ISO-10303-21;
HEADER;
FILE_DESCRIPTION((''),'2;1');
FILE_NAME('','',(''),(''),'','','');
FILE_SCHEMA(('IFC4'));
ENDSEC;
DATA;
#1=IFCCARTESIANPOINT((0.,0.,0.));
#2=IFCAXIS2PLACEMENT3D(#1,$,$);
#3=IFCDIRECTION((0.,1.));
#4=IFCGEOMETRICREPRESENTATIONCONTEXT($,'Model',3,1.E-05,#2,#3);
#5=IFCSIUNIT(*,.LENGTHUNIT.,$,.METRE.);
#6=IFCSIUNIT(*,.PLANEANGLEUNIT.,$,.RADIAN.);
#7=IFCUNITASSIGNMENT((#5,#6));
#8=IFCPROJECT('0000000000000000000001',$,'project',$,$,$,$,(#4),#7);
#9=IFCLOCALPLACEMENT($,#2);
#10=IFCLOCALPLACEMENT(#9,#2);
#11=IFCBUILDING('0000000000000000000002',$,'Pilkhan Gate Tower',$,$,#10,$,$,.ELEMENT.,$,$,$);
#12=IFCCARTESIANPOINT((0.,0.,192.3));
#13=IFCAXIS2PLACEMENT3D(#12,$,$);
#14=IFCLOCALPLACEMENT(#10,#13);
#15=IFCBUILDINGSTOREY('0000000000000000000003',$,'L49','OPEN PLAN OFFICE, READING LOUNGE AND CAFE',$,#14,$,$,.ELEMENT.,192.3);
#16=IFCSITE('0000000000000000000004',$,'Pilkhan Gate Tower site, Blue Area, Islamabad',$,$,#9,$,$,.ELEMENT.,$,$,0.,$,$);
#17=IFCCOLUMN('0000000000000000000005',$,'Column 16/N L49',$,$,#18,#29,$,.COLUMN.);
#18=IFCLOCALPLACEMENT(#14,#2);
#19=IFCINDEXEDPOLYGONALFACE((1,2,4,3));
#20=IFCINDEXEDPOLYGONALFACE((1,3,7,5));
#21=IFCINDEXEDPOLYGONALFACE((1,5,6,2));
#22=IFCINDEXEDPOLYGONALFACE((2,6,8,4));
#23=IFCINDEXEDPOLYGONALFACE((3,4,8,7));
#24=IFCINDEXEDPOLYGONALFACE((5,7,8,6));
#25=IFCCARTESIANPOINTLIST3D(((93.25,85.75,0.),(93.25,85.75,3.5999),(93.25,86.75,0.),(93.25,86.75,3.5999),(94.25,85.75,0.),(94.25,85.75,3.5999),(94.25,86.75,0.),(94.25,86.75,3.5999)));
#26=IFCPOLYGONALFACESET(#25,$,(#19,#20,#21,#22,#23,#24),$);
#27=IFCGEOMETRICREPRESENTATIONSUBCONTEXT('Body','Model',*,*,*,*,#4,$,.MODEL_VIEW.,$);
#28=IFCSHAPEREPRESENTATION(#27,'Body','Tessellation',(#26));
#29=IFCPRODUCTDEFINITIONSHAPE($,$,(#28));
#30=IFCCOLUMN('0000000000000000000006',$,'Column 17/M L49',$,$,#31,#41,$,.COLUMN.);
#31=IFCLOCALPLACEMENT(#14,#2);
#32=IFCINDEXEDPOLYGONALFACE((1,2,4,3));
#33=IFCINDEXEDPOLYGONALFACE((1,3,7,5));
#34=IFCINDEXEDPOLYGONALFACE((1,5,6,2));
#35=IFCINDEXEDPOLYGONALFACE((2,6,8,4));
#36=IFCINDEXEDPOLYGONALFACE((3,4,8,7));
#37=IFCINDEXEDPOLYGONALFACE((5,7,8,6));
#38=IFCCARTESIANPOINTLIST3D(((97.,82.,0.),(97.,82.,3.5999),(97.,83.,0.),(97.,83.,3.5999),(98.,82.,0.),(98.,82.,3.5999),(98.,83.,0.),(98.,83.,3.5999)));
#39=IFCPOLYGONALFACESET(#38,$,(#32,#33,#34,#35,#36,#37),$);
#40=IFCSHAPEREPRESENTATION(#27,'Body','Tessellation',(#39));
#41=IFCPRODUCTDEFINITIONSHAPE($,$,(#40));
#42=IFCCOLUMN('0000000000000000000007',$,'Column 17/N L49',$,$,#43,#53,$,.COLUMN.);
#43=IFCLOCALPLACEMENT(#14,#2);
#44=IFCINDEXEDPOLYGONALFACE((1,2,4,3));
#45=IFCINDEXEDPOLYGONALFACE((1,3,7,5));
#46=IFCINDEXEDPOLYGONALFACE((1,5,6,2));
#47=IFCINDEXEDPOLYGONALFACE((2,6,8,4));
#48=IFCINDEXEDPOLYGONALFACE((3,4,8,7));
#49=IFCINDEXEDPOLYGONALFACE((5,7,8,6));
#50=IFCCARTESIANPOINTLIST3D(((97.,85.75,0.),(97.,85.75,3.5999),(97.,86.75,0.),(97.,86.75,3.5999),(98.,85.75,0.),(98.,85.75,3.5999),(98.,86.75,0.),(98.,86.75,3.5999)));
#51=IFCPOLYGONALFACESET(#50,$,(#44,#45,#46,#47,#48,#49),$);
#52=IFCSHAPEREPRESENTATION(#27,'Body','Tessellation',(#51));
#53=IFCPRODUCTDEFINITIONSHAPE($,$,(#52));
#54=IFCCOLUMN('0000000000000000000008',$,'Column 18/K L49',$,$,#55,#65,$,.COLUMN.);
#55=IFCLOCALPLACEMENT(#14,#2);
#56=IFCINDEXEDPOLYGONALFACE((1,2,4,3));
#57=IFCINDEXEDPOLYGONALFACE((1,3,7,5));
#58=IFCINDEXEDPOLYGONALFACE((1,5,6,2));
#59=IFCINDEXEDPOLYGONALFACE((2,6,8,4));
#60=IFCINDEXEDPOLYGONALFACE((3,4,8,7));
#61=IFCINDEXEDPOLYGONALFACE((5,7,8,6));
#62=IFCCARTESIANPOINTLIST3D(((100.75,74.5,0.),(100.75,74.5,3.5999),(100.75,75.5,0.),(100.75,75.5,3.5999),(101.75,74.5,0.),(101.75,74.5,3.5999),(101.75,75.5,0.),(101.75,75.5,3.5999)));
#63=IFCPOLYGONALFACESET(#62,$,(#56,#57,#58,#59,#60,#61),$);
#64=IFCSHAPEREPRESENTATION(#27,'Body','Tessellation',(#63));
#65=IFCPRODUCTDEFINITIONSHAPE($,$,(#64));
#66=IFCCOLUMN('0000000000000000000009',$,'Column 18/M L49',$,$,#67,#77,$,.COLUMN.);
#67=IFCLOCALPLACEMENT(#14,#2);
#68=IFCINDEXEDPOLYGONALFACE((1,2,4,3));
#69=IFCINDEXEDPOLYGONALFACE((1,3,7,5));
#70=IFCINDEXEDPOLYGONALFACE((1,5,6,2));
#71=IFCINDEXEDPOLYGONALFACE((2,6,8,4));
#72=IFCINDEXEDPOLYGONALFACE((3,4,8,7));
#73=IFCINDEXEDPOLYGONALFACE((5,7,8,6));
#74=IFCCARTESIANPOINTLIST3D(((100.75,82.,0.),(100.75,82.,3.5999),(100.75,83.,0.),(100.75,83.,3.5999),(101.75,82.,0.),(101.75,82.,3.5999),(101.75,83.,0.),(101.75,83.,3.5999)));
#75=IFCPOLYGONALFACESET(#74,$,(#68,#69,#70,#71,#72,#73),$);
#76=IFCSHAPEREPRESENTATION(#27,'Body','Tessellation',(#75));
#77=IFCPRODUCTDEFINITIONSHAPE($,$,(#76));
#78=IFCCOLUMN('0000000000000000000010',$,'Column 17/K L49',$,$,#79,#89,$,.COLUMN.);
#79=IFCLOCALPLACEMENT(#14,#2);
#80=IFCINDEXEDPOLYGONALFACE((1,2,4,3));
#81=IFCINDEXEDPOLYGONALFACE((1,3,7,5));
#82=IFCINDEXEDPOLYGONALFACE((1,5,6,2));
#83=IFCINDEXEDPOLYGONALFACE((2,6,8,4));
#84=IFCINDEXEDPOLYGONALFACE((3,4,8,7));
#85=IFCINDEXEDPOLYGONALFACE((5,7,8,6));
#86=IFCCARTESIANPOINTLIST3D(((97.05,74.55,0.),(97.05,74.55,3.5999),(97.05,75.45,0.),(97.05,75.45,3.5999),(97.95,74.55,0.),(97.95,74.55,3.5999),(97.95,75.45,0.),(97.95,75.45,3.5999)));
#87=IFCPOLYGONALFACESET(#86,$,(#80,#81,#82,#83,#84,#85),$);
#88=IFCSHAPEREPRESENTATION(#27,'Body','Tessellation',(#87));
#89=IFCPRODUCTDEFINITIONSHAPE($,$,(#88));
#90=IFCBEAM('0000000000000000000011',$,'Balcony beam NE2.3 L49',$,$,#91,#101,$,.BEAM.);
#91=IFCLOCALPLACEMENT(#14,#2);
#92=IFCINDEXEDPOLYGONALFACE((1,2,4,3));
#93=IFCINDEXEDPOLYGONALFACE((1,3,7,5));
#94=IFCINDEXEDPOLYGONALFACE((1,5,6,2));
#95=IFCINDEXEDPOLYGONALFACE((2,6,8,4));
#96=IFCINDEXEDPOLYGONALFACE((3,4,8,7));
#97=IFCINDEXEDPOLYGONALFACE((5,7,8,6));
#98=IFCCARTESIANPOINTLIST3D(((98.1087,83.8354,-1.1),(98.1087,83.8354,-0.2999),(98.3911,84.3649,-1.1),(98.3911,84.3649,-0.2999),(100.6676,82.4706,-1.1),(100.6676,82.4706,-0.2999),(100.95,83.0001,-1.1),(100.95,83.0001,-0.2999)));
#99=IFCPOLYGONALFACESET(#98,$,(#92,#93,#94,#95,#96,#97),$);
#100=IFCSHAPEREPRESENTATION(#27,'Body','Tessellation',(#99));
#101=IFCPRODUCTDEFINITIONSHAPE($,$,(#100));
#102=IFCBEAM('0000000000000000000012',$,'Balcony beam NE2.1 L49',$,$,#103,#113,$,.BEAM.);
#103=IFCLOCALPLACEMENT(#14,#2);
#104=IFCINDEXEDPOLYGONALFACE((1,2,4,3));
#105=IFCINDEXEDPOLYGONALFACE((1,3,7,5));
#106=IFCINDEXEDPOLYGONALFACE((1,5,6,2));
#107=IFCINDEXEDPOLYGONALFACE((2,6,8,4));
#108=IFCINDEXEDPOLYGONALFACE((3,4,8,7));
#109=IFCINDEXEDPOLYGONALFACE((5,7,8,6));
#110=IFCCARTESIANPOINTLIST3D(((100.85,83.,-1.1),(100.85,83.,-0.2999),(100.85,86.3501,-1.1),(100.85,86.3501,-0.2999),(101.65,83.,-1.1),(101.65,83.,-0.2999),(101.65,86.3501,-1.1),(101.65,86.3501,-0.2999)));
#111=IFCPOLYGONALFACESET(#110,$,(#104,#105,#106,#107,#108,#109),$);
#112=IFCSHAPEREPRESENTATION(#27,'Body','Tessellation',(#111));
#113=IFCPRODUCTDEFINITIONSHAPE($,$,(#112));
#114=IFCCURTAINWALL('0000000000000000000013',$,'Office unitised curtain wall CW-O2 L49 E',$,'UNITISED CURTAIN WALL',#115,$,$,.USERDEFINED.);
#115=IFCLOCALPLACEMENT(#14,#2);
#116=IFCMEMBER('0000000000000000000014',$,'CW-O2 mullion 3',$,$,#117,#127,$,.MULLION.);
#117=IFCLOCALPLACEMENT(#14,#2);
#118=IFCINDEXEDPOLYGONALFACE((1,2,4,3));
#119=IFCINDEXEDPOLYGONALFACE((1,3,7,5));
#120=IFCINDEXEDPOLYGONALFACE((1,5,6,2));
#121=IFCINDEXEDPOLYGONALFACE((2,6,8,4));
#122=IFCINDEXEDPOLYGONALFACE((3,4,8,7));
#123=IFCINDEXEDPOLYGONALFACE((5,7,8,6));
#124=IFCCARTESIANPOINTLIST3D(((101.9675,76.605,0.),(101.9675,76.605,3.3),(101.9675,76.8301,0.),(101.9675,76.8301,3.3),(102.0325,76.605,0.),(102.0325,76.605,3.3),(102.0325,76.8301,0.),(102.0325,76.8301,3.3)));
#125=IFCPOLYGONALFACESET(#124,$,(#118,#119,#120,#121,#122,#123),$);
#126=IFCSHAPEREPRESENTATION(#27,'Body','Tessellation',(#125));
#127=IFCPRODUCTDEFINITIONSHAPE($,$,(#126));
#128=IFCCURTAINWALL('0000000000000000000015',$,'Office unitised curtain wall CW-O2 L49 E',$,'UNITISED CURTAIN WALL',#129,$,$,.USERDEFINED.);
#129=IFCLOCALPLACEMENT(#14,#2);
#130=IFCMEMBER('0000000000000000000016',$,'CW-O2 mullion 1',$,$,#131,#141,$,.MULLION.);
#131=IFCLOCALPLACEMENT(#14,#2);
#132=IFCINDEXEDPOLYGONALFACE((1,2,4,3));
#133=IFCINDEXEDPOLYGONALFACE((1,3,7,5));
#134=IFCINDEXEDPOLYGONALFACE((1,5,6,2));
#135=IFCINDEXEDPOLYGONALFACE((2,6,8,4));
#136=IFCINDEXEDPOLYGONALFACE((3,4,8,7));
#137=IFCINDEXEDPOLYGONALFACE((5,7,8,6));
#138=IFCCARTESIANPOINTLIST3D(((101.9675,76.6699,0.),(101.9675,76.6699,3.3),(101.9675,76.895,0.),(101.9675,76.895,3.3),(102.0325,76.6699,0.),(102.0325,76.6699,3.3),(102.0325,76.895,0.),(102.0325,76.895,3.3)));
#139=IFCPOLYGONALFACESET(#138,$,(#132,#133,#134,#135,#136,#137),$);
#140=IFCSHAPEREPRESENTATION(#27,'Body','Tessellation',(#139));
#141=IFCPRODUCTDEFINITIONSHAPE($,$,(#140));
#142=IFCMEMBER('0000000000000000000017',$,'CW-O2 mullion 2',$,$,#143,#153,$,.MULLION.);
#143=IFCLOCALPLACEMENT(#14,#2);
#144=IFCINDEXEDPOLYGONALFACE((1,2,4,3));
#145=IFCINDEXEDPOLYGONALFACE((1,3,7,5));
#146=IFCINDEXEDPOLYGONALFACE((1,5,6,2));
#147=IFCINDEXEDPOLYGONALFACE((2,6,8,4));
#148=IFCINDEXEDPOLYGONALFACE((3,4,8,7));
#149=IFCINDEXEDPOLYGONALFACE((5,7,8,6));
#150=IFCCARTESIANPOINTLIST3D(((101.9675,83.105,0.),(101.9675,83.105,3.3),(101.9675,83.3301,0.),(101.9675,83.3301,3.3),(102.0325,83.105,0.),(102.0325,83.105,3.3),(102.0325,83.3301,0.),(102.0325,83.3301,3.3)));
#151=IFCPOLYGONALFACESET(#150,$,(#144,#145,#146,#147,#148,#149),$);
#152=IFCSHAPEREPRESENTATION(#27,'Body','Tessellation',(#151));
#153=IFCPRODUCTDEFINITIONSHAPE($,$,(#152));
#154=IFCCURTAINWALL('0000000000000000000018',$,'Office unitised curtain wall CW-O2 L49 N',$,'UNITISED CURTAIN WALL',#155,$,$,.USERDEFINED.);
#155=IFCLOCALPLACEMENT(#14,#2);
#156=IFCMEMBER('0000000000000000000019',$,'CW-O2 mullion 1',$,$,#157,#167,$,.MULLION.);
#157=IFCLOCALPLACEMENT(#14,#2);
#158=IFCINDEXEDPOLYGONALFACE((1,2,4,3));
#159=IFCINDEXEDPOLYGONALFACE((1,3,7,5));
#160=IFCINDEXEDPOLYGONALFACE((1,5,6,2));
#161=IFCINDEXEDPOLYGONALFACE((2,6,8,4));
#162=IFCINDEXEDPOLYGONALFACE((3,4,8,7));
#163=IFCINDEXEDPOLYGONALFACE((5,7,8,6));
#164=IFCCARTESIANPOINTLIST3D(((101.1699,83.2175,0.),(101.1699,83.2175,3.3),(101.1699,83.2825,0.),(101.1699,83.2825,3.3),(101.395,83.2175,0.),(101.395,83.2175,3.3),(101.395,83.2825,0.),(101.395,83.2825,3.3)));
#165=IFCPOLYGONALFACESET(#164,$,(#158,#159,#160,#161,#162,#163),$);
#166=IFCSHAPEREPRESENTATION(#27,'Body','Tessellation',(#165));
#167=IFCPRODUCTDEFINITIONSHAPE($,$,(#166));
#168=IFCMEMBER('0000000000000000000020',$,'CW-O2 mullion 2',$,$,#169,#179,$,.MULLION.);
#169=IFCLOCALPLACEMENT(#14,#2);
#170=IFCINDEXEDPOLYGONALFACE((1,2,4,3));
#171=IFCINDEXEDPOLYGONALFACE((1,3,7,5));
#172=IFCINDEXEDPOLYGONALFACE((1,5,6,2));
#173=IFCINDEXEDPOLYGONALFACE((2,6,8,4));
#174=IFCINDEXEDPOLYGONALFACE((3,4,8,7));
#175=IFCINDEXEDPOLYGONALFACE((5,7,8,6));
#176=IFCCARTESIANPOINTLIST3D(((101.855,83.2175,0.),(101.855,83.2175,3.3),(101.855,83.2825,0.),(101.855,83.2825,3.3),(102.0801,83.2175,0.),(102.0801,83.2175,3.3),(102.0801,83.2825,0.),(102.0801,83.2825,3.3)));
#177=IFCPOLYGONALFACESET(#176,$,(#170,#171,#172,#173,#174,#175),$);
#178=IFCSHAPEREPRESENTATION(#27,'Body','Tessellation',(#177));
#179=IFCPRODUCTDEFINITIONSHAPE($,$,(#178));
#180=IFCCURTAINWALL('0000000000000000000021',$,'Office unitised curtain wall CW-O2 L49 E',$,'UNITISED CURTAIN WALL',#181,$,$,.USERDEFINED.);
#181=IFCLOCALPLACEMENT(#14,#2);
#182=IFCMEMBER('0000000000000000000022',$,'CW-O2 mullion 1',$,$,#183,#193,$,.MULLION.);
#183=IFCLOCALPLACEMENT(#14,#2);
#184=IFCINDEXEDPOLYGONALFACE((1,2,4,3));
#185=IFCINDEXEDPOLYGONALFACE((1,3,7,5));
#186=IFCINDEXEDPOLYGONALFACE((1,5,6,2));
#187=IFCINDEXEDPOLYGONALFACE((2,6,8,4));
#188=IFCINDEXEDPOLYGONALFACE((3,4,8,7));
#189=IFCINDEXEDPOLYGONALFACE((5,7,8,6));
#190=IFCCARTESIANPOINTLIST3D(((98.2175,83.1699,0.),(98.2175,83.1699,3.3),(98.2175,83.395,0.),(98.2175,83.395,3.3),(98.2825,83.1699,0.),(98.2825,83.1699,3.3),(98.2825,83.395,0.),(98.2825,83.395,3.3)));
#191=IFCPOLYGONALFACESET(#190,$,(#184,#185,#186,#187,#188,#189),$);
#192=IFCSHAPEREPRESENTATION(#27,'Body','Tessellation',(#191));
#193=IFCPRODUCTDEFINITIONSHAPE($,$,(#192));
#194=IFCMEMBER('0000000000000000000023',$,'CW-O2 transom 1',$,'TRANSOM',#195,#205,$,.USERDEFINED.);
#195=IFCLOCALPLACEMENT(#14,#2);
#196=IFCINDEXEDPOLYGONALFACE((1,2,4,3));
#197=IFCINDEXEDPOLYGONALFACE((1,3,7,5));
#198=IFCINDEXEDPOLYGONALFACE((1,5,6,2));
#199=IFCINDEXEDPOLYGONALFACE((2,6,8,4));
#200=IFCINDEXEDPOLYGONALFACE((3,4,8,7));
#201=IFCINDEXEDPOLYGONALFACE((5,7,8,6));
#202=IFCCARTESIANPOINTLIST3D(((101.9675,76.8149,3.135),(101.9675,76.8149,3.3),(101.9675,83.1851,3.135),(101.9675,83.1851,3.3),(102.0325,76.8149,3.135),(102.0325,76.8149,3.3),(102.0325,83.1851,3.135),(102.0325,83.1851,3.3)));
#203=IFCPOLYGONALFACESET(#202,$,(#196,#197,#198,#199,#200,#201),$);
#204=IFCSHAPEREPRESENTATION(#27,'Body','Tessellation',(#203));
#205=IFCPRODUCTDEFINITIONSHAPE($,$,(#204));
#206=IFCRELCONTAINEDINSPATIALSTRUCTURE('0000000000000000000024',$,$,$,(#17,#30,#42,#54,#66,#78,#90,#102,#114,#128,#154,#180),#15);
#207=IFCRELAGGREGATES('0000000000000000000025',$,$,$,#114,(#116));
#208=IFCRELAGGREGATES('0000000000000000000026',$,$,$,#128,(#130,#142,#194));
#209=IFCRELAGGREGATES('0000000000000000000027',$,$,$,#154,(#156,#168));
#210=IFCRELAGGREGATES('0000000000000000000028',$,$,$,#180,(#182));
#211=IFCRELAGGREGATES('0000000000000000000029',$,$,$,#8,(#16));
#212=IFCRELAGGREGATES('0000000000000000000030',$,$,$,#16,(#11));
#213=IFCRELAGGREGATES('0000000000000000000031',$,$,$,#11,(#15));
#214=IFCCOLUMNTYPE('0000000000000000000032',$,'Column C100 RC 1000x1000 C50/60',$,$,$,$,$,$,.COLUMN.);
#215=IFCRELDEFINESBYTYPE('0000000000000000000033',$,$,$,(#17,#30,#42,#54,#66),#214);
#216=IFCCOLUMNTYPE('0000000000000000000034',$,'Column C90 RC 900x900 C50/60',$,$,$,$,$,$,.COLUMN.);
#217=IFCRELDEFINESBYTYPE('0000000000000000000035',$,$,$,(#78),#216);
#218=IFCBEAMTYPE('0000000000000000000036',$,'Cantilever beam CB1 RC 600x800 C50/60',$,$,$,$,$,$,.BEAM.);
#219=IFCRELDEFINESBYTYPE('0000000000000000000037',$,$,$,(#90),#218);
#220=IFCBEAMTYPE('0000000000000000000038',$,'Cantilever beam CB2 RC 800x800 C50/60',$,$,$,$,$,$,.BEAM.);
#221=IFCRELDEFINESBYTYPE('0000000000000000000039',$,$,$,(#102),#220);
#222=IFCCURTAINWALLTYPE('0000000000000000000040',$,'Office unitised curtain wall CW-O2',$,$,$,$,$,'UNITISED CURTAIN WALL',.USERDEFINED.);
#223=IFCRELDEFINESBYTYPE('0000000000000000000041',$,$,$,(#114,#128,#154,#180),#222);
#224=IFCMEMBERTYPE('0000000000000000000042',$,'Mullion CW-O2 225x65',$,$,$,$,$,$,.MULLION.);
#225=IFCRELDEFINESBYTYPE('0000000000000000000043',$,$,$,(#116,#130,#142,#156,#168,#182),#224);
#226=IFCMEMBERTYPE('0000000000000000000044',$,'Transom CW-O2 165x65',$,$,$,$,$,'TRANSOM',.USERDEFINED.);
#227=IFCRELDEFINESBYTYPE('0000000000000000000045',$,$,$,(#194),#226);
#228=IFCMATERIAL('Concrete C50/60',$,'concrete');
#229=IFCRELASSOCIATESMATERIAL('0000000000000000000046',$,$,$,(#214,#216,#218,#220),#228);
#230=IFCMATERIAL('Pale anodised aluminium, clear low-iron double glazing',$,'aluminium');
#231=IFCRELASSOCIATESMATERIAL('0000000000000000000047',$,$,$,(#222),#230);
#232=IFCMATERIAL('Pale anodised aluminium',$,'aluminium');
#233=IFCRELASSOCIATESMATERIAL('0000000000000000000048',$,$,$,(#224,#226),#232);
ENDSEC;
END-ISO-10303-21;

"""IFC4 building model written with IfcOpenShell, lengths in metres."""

from ifc_helpers import new_model, si_unit, direction, frame, origin, origin_2d, place, context, subcontext, project, spatial, rectangle, extrude, material, material_profile, profile_set, type_object, element, aggregate, save


model = new_model("IFC4")

# Units and contexts
model_context = context("Model", 3, precision=1e-05, world=origin(), true_north=direction((0.0, 1.0)))
body_context = subcontext(model_context, "Body", "Model", "MODEL_VIEW")
ifc_project = project(units=[si_unit("LENGTHUNIT", "METRE"), si_unit("PLANEANGLEUNIT", "RADIAN")], contexts=[model_context])

# Site, building, storey
site_placement = place(None, origin())
site = spatial("IfcSite", under=ifc_project, at=site_placement, Name="Pilkhan Gate Tower site, Blue Area, Islamabad", CompositionType="ELEMENT", RefElevation=0.0)
building_placement = place(site_placement, origin())
building = spatial("IfcBuilding", under=site, at=building_placement, Name="Pilkhan Gate Tower", CompositionType="ELEMENT")
storey_placement = place(building_placement, frame((0.0, 0.0, 192.3)))
storey = spatial("IfcBuildingStorey", under=building, at=storey_placement, Name="L49", Description="OPEN PLAN OFFICE, READING LOUNGE AND CAFE", CompositionType="ELEMENT", Elevation=192.3)

# Columns
ifc_material_1 = material(Name="Concrete C50/60", Category="concrete")
ifc_material_profile_1 = material_profile(ifc_material_1, rectangle(XDim=1.0, YDim=1.0, at=origin_2d()), Name="RC 1000x1000")
ifc_profile_set_1 = profile_set([ifc_material_profile_1], Name="Concrete C50/60")
column_type_1 = type_object("IfcColumnType", Name="Column C100 RC 1000x1000 C50/60", PredefinedType="COLUMN", material=ifc_profile_set_1)
for number, where, z_axis, x_axis, name in (
    (1, (93.75, 86.25, 0.0), (0.0, 0.0, 1.0), (1.0, 0.0, 0.0), "Column 16/N L49"),
    (2, (97.5, 82.5, 0.0), (0.0, 0.0, 1.0), (1.0, 0.0, 0.0), "Column 17/M L49"),
    (3, (97.5, 86.25, 0.0), (0.0, 0.0, 1.0), (1.0, 0.0, 0.0), "Column 17/N L49"),
    (4, (101.25, 75.0, 0.0), (0.0, 0.0, 1.0), (1.0, 0.0, 0.0), "Column 18/K L49"),
    (5, (101.25, 82.5, 0.0), (0.0, 0.0, 1.0), (1.0, 0.0, 0.0), "Column 18/M L49"),
):
    element("IfcColumn", number, at=place(storey_placement, frame(where, z_axis=z_axis, x_axis=x_axis)), inside=storey, type_object=column_type_1, Name=name, PredefinedType="COLUMN", context=body_context, shape_type="SweptSolid", body=[
        extrude(rectangle(XDim=1.0, YDim=1.0, at=origin_2d()), origin(), (0.0, 0.0, 1.0), 3.5999),
    ])
ifc_material_profile_2 = material_profile(ifc_material_1, rectangle(XDim=0.8999, YDim=0.8999, at=origin_2d()), Name="RC 900x900")
ifc_profile_set_2 = profile_set([ifc_material_profile_2], Name="Concrete C50/60")
column_type_2 = type_object("IfcColumnType", Name="Column C90 RC 900x900 C50/60", PredefinedType="COLUMN", material=ifc_profile_set_2)
column_placement = place(storey_placement, frame((97.5, 75.0, 0.0), z_axis=(0.0, 0.0, 1.0), x_axis=(1.0, 0.0, 0.0)))
element("IfcColumn", 6, at=column_placement, inside=storey, type_object=column_type_2, Name="Column 17/K L49", PredefinedType="COLUMN", context=body_context, shape_type="SweptSolid", body=[
    extrude(rectangle(XDim=0.8999, YDim=0.8999, at=origin_2d()), origin(), (0.0, 0.0, 1.0), 3.5999),
])

# Beams
ifc_material_profile_3 = material_profile(ifc_material_1, rectangle(XDim=0.6001, YDim=0.8, at=origin_2d()), Name="RC 600x800")
ifc_profile_set_3 = profile_set([ifc_material_profile_3], Name="Concrete C50/60")
beam_type_1 = type_object("IfcBeamType", Name="Cantilever beam CB1 RC 600x800 C50/60", PredefinedType="BEAM", material=ifc_profile_set_3)
beam_1_placement = place(storey_placement, frame((100.8088, 82.7354, -0.7), z_axis=(-0.882348, 0.470597, 0.0), x_axis=(-0.470597, -0.882348, 0.0)))
element("IfcBeam", 7, at=beam_1_placement, inside=storey, type_object=beam_type_1, Name="Balcony beam NE2.3 L49", PredefinedType="BEAM", context=body_context, shape_type="SweptSolid", body=[
    extrude(rectangle(XDim=0.6001, YDim=0.8, at=origin_2d()), origin(), (0.0, 0.0, 1.0), 2.9001),
])
ifc_material_profile_4 = material_profile(ifc_material_1, rectangle(XDim=0.8, YDim=0.8, at=origin_2d()), Name="RC 800x800")
ifc_profile_set_4 = profile_set([ifc_material_profile_4], Name="Concrete C50/60")
beam_type_2 = type_object("IfcBeamType", Name="Cantilever beam CB2 RC 800x800 C50/60", PredefinedType="BEAM", material=ifc_profile_set_4)
beam_2_placement = place(storey_placement, frame((101.25, 83.0, -0.7), z_axis=(0.0, 1.0, 0.0), x_axis=(-1.0, 0.0, 0.0)))
element("IfcBeam", 8, at=beam_2_placement, inside=storey, type_object=beam_type_2, Name="Balcony beam NE2.1 L49", PredefinedType="BEAM", context=body_context, shape_type="SweptSolid", body=[
    extrude(rectangle(XDim=0.8, YDim=0.8, at=origin_2d()), origin(), (0.0, 0.0, 1.0), 3.3501),
])

# Curtain wall, member
ifc_material_2 = material(Name="Pale anodised aluminium, clear low-iron double glazing", Category="aluminium")
curtain_wall_type = type_object("IfcCurtainWallType", Name="Office unitised curtain wall CW-O2", ElementType="UNITISED CURTAIN WALL", PredefinedType="USERDEFINED", material=ifc_material_2)
curtain_wall_1_placement = place(storey_placement, origin())
curtain_wall_1 = element("IfcCurtainWall", 9, at=curtain_wall_1_placement, inside=storey, type_object=curtain_wall_type, Name="Office unitised curtain wall CW-O2 L49 E", ObjectType="UNITISED CURTAIN WALL", PredefinedType="USERDEFINED")
ifc_material_3 = material(Name="Pale anodised aluminium", Category="aluminium")
ifc_material_profile_5 = material_profile(ifc_material_3, rectangle(XDim=0.0649, YDim=0.2251, at=origin_2d()), Name="Mullion 225x65")
ifc_profile_set_5 = profile_set([ifc_material_profile_5], Name="Pale anodised aluminium")
member_type_1 = type_object("IfcMemberType", Name="Mullion CW-O2 225x65", PredefinedType="MULLION", material=ifc_profile_set_5)
member_1_placement = place(storey_placement, frame((102.0, 76.7175, 0.0), z_axis=(0.0, 0.0, 1.0), x_axis=(-1.0, 0.0, 0.0)))
member_1 = element("IfcMember", 10, at=member_1_placement, type_object=member_type_1, Name="CW-O2 mullion 3", PredefinedType="MULLION", context=body_context, shape_type="SweptSolid", body=[
    extrude(rectangle(XDim=0.0649, YDim=0.2251, at=origin_2d()), origin(), (0.0, 0.0, 1.0), 3.3),
])
aggregate(curtain_wall_1, [member_1])

# Curtain walls, members
curtain_wall_2_placement = place(storey_placement, origin())
curtain_wall_2 = element("IfcCurtainWall", 11, at=curtain_wall_2_placement, inside=storey, type_object=curtain_wall_type, Name="Office unitised curtain wall CW-O2 L49 E", ObjectType="UNITISED CURTAIN WALL", PredefinedType="USERDEFINED")
member_2_placement = place(storey_placement, frame((102.0, 76.7825, 0.0), z_axis=(0.0, 0.0, 1.0), x_axis=(-1.0, 0.0, 0.0)))
member_2 = element("IfcMember", 12, at=member_2_placement, type_object=member_type_1, Name="CW-O2 mullion 1", PredefinedType="MULLION", context=body_context, shape_type="SweptSolid", body=[
    extrude(rectangle(XDim=0.0649, YDim=0.2251, at=origin_2d()), origin(), (0.0, 0.0, 1.0), 3.3),
])
member_3_placement = place(storey_placement, frame((102.0, 83.2175, 0.0), z_axis=(0.0, 0.0, 1.0), x_axis=(-1.0, 0.0, 0.0)))
member_3 = element("IfcMember", 13, at=member_3_placement, type_object=member_type_1, Name="CW-O2 mullion 2", PredefinedType="MULLION", context=body_context, shape_type="SweptSolid", body=[
    extrude(rectangle(XDim=0.0649, YDim=0.2251, at=origin_2d()), origin(), (0.0, 0.0, 1.0), 3.3),
])
curtain_wall_3_placement = place(storey_placement, origin())
curtain_wall_3 = element("IfcCurtainWall", 14, at=curtain_wall_3_placement, inside=storey, type_object=curtain_wall_type, Name="Office unitised curtain wall CW-O2 L49 N", ObjectType="UNITISED CURTAIN WALL", PredefinedType="USERDEFINED")
member_4_placement = place(storey_placement, frame((101.2825, 83.25, 0.0), z_axis=(0.0, 0.0, 1.0), x_axis=(0.0, 1.0, 0.0)))
member_4 = element("IfcMember", 15, at=member_4_placement, type_object=member_type_1, Name="CW-O2 mullion 1", PredefinedType="MULLION", context=body_context, shape_type="SweptSolid", body=[
    extrude(rectangle(XDim=0.0649, YDim=0.2251, at=origin_2d()), origin(), (0.0, 0.0, 1.0), 3.3),
])
member_5_placement = place(storey_placement, frame((101.9675, 83.25, 0.0), z_axis=(0.0, 0.0, 1.0), x_axis=(0.0, 1.0, 0.0)))
member_5 = element("IfcMember", 16, at=member_5_placement, type_object=member_type_1, Name="CW-O2 mullion 2", PredefinedType="MULLION", context=body_context, shape_type="SweptSolid", body=[
    extrude(rectangle(XDim=0.0649, YDim=0.2251, at=origin_2d()), origin(), (0.0, 0.0, 1.0), 3.3),
])

# Curtain wall, member
curtain_wall_4_placement = place(storey_placement, origin())
curtain_wall_4 = element("IfcCurtainWall", 17, at=curtain_wall_4_placement, inside=storey, type_object=curtain_wall_type, Name="Office unitised curtain wall CW-O2 L49 E", ObjectType="UNITISED CURTAIN WALL", PredefinedType="USERDEFINED")
member_6_placement = place(storey_placement, frame((98.25, 83.2825, 0.0), z_axis=(0.0, 0.0, 1.0), x_axis=(-1.0, 0.0, 0.0)))
member_6 = element("IfcMember", 18, at=member_6_placement, type_object=member_type_1, Name="CW-O2 mullion 1", PredefinedType="MULLION", context=body_context, shape_type="SweptSolid", body=[
    extrude(rectangle(XDim=0.0649, YDim=0.2251, at=origin_2d()), origin(), (0.0, 0.0, 1.0), 3.3),
])

# Member
ifc_material_profile_6 = material_profile(ifc_material_3, rectangle(XDim=0.0649, YDim=0.165, at=origin_2d()), Name="Transom 165x65")
ifc_profile_set_6 = profile_set([ifc_material_profile_6], Name="Pale anodised aluminium")
member_type_2 = type_object("IfcMemberType", Name="Transom CW-O2 165x65", ElementType="TRANSOM", PredefinedType="USERDEFINED", material=ifc_profile_set_6)
member_7_placement = place(storey_placement, frame((102.0, 76.8149, 3.2175), z_axis=(0.0, 1.0, 0.0), x_axis=(-1.0, 0.0, 0.0)))
member_7 = element("IfcMember", 19, at=member_7_placement, type_object=member_type_2, Name="CW-O2 transom 1", ObjectType="TRANSOM", PredefinedType="USERDEFINED", context=body_context, shape_type="SweptSolid", body=[
    extrude(rectangle(XDim=0.0649, YDim=0.165, at=origin_2d()), origin(), (0.0, 0.0, 1.0), 6.3701),
])

aggregate(curtain_wall_2, [member_2, member_3, member_7])
aggregate(curtain_wall_3, [member_4, member_5])
aggregate(curtain_wall_4, [member_6])

save(model, "model.ifc")
